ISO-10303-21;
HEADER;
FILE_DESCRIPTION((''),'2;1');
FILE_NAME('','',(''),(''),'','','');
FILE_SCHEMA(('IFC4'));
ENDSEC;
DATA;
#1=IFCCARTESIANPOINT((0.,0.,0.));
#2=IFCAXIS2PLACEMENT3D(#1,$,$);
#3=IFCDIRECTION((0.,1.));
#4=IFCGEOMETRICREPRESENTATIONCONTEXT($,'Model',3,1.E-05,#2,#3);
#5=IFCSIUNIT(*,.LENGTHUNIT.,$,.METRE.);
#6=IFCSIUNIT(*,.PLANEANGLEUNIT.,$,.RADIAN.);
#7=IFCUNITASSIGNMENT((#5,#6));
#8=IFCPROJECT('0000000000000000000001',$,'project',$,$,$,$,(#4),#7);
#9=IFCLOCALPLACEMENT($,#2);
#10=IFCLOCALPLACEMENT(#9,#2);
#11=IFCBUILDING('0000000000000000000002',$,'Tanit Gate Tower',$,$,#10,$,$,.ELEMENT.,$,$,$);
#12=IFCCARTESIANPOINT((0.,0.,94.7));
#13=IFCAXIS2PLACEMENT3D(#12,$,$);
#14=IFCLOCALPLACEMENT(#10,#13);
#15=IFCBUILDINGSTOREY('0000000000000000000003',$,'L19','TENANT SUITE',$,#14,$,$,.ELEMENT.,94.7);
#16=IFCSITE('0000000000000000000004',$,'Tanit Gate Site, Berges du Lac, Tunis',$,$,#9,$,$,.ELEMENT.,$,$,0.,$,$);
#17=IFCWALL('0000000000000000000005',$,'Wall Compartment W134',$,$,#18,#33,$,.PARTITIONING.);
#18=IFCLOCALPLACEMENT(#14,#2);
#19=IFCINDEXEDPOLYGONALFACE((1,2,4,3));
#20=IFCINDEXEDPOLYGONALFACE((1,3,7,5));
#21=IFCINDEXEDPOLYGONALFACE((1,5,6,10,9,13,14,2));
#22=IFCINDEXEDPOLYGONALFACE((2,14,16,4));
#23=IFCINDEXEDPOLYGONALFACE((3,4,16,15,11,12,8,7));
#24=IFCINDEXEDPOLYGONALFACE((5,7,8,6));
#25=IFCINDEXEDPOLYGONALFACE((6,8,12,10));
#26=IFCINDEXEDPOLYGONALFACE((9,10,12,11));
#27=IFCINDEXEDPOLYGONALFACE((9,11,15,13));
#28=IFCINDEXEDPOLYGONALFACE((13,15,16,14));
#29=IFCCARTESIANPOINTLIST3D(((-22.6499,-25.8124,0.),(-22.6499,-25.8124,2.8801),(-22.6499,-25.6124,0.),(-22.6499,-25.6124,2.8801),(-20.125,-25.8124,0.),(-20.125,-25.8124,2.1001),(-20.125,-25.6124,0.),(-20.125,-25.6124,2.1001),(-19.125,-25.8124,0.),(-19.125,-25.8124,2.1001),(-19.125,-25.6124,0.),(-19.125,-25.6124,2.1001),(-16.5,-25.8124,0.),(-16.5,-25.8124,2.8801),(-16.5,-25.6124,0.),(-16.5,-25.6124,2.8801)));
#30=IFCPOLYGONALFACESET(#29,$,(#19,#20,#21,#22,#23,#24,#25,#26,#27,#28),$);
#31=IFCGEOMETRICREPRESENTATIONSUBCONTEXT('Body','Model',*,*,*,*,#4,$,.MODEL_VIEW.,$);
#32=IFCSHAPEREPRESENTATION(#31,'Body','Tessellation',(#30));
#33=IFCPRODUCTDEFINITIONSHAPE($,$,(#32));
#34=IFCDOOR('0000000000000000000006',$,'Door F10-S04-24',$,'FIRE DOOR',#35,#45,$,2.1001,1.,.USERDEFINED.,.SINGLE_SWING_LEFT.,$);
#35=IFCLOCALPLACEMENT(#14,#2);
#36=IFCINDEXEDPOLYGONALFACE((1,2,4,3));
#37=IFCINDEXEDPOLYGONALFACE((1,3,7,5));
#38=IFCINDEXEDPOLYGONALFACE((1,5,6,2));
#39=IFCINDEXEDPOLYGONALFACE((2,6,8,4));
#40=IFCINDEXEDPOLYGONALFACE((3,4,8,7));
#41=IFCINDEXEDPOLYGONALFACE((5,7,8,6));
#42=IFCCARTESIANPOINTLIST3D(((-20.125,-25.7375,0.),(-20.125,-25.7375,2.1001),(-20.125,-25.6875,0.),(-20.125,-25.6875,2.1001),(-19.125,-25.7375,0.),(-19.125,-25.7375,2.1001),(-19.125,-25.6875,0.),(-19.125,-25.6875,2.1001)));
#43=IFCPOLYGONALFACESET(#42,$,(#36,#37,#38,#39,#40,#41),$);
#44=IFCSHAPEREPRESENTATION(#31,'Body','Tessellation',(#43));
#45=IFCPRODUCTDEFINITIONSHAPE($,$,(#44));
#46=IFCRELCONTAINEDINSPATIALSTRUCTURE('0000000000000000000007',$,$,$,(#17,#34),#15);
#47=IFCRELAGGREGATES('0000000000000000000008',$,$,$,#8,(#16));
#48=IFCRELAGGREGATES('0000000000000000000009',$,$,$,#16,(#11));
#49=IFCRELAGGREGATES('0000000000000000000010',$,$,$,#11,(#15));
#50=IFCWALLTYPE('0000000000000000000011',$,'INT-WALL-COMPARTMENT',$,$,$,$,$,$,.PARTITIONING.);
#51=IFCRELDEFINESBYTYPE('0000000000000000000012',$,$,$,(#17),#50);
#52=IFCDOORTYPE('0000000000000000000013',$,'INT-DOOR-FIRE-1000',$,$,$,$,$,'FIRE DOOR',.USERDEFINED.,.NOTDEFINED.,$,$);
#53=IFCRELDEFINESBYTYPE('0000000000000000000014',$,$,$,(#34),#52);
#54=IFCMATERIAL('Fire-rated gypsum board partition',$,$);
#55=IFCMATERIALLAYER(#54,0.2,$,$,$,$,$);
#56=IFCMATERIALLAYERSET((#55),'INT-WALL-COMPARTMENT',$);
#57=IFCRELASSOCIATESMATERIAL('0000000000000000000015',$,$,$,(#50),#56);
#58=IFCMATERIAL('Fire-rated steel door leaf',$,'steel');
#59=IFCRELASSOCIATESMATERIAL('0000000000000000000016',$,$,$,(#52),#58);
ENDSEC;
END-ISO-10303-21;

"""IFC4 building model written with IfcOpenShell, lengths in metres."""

from ifc_helpers import new_model, si_unit, direction, frame, frame_2d, origin, place, context, subcontext, project, spatial, rectangle, extrude, material, layer, layer_set, type_object, element, fill, save


model = new_model("IFC4")

# Units and contexts
model_context = context("Model", 3, precision=1e-05, world=origin(), true_north=direction((0.0, 1.0)))
body_context = subcontext(model_context, "Body", "Model", "MODEL_VIEW")
ifc_project = project(units=[si_unit("LENGTHUNIT", "METRE"), si_unit("PLANEANGLEUNIT", "RADIAN")], contexts=[model_context])

# Site, building, storey
site_placement = place(None, origin())
site = spatial("IfcSite", under=ifc_project, at=site_placement, Name="Tanit Gate Site, Berges du Lac, Tunis", CompositionType="ELEMENT", RefElevation=0.0)
building_placement = place(site_placement, origin())
building = spatial("IfcBuilding", under=site, at=building_placement, Name="Tanit Gate Tower", CompositionType="ELEMENT")
storey_placement = place(building_placement, frame((0.0, 0.0, 94.7)))
storey = spatial("IfcBuildingStorey", under=building, at=storey_placement, Name="L19", Description="TENANT SUITE", CompositionType="ELEMENT", Elevation=94.7)

# Shared definitions
ifc_material_1 = material(Name="Fire-rated gypsum board partition")
ifc_layer_1 = layer(ifc_material_1, 0.2)
ifc_layer_set_1 = layer_set([ifc_layer_1], Name="INT-WALL-COMPARTMENT")
wall_type_1 = type_object("IfcWallType", Name="INT-WALL-COMPARTMENT", PredefinedType="PARTITIONING", material=ifc_layer_set_1)

# Wall, opening, door
wall_1_placement = place(storey_placement, frame((-22.6499, -25.7124, 0.0), z_axis=(0.0, 0.0, 1.0), x_axis=(1.0, 0.0, 0.0)))
wall_1 = element("IfcWall", 1, at=wall_1_placement, inside=storey, type_object=wall_type_1, Name="Wall Compartment W134", PredefinedType="PARTITIONING", context=body_context, shape_type="SweptSolid", body=[
    extrude(rectangle(XDim=6.1499, YDim=0.2, at=frame_2d((3.075, 0.0))), origin(), (0.0, 0.0, 1.0), 2.8801),
])
opening_placement = place(wall_1_placement, frame((2.5249, 0.0, 0.0)))
opening = element("IfcOpeningElement", 2, at=opening_placement, cuts=wall_1, PredefinedType="OPENING", context=body_context, shape_type="SweptSolid", body=[
    extrude(rectangle(XDim=1.0, YDim=2.1001, at=frame_2d((0.5, 1.05))), frame((0.0, 0.1099, 0.0), z_axis=(0.0, -1.0, 0.0), x_axis=(1.0, 0.0, 0.0)), (0.0, 0.0, 1.0), 0.22),
])
ifc_material_2 = material(Name="Fire-rated steel door leaf", Category="steel")
door_type = type_object("IfcDoorType", Name="INT-DOOR-FIRE-1000", ElementType="FIRE DOOR", OperationType="NOTDEFINED", PredefinedType="USERDEFINED", material=ifc_material_2)
door_placement = place(opening_placement, origin())
door = element("IfcDoor", 3, at=door_placement, inside=storey, type_object=door_type, Name="Door F10-S04-24", ObjectType="FIRE DOOR", OperationType="SINGLE_SWING_LEFT", OverallHeight=2.1001, OverallWidth=1.0, PredefinedType="USERDEFINED", context=body_context, shape_type="SweptSolid", body=[
    extrude(rectangle(XDim=1.0, YDim=2.1001, at=frame_2d((0.5, 1.05))), frame((0.0, 0.0249, 0.0), z_axis=(0.0, -1.0, 0.0), x_axis=(1.0, 0.0, 0.0)), (0.0, 0.0, 1.0), 0.05),
])
fill(opening, door)

save(model, "model.ifc")
